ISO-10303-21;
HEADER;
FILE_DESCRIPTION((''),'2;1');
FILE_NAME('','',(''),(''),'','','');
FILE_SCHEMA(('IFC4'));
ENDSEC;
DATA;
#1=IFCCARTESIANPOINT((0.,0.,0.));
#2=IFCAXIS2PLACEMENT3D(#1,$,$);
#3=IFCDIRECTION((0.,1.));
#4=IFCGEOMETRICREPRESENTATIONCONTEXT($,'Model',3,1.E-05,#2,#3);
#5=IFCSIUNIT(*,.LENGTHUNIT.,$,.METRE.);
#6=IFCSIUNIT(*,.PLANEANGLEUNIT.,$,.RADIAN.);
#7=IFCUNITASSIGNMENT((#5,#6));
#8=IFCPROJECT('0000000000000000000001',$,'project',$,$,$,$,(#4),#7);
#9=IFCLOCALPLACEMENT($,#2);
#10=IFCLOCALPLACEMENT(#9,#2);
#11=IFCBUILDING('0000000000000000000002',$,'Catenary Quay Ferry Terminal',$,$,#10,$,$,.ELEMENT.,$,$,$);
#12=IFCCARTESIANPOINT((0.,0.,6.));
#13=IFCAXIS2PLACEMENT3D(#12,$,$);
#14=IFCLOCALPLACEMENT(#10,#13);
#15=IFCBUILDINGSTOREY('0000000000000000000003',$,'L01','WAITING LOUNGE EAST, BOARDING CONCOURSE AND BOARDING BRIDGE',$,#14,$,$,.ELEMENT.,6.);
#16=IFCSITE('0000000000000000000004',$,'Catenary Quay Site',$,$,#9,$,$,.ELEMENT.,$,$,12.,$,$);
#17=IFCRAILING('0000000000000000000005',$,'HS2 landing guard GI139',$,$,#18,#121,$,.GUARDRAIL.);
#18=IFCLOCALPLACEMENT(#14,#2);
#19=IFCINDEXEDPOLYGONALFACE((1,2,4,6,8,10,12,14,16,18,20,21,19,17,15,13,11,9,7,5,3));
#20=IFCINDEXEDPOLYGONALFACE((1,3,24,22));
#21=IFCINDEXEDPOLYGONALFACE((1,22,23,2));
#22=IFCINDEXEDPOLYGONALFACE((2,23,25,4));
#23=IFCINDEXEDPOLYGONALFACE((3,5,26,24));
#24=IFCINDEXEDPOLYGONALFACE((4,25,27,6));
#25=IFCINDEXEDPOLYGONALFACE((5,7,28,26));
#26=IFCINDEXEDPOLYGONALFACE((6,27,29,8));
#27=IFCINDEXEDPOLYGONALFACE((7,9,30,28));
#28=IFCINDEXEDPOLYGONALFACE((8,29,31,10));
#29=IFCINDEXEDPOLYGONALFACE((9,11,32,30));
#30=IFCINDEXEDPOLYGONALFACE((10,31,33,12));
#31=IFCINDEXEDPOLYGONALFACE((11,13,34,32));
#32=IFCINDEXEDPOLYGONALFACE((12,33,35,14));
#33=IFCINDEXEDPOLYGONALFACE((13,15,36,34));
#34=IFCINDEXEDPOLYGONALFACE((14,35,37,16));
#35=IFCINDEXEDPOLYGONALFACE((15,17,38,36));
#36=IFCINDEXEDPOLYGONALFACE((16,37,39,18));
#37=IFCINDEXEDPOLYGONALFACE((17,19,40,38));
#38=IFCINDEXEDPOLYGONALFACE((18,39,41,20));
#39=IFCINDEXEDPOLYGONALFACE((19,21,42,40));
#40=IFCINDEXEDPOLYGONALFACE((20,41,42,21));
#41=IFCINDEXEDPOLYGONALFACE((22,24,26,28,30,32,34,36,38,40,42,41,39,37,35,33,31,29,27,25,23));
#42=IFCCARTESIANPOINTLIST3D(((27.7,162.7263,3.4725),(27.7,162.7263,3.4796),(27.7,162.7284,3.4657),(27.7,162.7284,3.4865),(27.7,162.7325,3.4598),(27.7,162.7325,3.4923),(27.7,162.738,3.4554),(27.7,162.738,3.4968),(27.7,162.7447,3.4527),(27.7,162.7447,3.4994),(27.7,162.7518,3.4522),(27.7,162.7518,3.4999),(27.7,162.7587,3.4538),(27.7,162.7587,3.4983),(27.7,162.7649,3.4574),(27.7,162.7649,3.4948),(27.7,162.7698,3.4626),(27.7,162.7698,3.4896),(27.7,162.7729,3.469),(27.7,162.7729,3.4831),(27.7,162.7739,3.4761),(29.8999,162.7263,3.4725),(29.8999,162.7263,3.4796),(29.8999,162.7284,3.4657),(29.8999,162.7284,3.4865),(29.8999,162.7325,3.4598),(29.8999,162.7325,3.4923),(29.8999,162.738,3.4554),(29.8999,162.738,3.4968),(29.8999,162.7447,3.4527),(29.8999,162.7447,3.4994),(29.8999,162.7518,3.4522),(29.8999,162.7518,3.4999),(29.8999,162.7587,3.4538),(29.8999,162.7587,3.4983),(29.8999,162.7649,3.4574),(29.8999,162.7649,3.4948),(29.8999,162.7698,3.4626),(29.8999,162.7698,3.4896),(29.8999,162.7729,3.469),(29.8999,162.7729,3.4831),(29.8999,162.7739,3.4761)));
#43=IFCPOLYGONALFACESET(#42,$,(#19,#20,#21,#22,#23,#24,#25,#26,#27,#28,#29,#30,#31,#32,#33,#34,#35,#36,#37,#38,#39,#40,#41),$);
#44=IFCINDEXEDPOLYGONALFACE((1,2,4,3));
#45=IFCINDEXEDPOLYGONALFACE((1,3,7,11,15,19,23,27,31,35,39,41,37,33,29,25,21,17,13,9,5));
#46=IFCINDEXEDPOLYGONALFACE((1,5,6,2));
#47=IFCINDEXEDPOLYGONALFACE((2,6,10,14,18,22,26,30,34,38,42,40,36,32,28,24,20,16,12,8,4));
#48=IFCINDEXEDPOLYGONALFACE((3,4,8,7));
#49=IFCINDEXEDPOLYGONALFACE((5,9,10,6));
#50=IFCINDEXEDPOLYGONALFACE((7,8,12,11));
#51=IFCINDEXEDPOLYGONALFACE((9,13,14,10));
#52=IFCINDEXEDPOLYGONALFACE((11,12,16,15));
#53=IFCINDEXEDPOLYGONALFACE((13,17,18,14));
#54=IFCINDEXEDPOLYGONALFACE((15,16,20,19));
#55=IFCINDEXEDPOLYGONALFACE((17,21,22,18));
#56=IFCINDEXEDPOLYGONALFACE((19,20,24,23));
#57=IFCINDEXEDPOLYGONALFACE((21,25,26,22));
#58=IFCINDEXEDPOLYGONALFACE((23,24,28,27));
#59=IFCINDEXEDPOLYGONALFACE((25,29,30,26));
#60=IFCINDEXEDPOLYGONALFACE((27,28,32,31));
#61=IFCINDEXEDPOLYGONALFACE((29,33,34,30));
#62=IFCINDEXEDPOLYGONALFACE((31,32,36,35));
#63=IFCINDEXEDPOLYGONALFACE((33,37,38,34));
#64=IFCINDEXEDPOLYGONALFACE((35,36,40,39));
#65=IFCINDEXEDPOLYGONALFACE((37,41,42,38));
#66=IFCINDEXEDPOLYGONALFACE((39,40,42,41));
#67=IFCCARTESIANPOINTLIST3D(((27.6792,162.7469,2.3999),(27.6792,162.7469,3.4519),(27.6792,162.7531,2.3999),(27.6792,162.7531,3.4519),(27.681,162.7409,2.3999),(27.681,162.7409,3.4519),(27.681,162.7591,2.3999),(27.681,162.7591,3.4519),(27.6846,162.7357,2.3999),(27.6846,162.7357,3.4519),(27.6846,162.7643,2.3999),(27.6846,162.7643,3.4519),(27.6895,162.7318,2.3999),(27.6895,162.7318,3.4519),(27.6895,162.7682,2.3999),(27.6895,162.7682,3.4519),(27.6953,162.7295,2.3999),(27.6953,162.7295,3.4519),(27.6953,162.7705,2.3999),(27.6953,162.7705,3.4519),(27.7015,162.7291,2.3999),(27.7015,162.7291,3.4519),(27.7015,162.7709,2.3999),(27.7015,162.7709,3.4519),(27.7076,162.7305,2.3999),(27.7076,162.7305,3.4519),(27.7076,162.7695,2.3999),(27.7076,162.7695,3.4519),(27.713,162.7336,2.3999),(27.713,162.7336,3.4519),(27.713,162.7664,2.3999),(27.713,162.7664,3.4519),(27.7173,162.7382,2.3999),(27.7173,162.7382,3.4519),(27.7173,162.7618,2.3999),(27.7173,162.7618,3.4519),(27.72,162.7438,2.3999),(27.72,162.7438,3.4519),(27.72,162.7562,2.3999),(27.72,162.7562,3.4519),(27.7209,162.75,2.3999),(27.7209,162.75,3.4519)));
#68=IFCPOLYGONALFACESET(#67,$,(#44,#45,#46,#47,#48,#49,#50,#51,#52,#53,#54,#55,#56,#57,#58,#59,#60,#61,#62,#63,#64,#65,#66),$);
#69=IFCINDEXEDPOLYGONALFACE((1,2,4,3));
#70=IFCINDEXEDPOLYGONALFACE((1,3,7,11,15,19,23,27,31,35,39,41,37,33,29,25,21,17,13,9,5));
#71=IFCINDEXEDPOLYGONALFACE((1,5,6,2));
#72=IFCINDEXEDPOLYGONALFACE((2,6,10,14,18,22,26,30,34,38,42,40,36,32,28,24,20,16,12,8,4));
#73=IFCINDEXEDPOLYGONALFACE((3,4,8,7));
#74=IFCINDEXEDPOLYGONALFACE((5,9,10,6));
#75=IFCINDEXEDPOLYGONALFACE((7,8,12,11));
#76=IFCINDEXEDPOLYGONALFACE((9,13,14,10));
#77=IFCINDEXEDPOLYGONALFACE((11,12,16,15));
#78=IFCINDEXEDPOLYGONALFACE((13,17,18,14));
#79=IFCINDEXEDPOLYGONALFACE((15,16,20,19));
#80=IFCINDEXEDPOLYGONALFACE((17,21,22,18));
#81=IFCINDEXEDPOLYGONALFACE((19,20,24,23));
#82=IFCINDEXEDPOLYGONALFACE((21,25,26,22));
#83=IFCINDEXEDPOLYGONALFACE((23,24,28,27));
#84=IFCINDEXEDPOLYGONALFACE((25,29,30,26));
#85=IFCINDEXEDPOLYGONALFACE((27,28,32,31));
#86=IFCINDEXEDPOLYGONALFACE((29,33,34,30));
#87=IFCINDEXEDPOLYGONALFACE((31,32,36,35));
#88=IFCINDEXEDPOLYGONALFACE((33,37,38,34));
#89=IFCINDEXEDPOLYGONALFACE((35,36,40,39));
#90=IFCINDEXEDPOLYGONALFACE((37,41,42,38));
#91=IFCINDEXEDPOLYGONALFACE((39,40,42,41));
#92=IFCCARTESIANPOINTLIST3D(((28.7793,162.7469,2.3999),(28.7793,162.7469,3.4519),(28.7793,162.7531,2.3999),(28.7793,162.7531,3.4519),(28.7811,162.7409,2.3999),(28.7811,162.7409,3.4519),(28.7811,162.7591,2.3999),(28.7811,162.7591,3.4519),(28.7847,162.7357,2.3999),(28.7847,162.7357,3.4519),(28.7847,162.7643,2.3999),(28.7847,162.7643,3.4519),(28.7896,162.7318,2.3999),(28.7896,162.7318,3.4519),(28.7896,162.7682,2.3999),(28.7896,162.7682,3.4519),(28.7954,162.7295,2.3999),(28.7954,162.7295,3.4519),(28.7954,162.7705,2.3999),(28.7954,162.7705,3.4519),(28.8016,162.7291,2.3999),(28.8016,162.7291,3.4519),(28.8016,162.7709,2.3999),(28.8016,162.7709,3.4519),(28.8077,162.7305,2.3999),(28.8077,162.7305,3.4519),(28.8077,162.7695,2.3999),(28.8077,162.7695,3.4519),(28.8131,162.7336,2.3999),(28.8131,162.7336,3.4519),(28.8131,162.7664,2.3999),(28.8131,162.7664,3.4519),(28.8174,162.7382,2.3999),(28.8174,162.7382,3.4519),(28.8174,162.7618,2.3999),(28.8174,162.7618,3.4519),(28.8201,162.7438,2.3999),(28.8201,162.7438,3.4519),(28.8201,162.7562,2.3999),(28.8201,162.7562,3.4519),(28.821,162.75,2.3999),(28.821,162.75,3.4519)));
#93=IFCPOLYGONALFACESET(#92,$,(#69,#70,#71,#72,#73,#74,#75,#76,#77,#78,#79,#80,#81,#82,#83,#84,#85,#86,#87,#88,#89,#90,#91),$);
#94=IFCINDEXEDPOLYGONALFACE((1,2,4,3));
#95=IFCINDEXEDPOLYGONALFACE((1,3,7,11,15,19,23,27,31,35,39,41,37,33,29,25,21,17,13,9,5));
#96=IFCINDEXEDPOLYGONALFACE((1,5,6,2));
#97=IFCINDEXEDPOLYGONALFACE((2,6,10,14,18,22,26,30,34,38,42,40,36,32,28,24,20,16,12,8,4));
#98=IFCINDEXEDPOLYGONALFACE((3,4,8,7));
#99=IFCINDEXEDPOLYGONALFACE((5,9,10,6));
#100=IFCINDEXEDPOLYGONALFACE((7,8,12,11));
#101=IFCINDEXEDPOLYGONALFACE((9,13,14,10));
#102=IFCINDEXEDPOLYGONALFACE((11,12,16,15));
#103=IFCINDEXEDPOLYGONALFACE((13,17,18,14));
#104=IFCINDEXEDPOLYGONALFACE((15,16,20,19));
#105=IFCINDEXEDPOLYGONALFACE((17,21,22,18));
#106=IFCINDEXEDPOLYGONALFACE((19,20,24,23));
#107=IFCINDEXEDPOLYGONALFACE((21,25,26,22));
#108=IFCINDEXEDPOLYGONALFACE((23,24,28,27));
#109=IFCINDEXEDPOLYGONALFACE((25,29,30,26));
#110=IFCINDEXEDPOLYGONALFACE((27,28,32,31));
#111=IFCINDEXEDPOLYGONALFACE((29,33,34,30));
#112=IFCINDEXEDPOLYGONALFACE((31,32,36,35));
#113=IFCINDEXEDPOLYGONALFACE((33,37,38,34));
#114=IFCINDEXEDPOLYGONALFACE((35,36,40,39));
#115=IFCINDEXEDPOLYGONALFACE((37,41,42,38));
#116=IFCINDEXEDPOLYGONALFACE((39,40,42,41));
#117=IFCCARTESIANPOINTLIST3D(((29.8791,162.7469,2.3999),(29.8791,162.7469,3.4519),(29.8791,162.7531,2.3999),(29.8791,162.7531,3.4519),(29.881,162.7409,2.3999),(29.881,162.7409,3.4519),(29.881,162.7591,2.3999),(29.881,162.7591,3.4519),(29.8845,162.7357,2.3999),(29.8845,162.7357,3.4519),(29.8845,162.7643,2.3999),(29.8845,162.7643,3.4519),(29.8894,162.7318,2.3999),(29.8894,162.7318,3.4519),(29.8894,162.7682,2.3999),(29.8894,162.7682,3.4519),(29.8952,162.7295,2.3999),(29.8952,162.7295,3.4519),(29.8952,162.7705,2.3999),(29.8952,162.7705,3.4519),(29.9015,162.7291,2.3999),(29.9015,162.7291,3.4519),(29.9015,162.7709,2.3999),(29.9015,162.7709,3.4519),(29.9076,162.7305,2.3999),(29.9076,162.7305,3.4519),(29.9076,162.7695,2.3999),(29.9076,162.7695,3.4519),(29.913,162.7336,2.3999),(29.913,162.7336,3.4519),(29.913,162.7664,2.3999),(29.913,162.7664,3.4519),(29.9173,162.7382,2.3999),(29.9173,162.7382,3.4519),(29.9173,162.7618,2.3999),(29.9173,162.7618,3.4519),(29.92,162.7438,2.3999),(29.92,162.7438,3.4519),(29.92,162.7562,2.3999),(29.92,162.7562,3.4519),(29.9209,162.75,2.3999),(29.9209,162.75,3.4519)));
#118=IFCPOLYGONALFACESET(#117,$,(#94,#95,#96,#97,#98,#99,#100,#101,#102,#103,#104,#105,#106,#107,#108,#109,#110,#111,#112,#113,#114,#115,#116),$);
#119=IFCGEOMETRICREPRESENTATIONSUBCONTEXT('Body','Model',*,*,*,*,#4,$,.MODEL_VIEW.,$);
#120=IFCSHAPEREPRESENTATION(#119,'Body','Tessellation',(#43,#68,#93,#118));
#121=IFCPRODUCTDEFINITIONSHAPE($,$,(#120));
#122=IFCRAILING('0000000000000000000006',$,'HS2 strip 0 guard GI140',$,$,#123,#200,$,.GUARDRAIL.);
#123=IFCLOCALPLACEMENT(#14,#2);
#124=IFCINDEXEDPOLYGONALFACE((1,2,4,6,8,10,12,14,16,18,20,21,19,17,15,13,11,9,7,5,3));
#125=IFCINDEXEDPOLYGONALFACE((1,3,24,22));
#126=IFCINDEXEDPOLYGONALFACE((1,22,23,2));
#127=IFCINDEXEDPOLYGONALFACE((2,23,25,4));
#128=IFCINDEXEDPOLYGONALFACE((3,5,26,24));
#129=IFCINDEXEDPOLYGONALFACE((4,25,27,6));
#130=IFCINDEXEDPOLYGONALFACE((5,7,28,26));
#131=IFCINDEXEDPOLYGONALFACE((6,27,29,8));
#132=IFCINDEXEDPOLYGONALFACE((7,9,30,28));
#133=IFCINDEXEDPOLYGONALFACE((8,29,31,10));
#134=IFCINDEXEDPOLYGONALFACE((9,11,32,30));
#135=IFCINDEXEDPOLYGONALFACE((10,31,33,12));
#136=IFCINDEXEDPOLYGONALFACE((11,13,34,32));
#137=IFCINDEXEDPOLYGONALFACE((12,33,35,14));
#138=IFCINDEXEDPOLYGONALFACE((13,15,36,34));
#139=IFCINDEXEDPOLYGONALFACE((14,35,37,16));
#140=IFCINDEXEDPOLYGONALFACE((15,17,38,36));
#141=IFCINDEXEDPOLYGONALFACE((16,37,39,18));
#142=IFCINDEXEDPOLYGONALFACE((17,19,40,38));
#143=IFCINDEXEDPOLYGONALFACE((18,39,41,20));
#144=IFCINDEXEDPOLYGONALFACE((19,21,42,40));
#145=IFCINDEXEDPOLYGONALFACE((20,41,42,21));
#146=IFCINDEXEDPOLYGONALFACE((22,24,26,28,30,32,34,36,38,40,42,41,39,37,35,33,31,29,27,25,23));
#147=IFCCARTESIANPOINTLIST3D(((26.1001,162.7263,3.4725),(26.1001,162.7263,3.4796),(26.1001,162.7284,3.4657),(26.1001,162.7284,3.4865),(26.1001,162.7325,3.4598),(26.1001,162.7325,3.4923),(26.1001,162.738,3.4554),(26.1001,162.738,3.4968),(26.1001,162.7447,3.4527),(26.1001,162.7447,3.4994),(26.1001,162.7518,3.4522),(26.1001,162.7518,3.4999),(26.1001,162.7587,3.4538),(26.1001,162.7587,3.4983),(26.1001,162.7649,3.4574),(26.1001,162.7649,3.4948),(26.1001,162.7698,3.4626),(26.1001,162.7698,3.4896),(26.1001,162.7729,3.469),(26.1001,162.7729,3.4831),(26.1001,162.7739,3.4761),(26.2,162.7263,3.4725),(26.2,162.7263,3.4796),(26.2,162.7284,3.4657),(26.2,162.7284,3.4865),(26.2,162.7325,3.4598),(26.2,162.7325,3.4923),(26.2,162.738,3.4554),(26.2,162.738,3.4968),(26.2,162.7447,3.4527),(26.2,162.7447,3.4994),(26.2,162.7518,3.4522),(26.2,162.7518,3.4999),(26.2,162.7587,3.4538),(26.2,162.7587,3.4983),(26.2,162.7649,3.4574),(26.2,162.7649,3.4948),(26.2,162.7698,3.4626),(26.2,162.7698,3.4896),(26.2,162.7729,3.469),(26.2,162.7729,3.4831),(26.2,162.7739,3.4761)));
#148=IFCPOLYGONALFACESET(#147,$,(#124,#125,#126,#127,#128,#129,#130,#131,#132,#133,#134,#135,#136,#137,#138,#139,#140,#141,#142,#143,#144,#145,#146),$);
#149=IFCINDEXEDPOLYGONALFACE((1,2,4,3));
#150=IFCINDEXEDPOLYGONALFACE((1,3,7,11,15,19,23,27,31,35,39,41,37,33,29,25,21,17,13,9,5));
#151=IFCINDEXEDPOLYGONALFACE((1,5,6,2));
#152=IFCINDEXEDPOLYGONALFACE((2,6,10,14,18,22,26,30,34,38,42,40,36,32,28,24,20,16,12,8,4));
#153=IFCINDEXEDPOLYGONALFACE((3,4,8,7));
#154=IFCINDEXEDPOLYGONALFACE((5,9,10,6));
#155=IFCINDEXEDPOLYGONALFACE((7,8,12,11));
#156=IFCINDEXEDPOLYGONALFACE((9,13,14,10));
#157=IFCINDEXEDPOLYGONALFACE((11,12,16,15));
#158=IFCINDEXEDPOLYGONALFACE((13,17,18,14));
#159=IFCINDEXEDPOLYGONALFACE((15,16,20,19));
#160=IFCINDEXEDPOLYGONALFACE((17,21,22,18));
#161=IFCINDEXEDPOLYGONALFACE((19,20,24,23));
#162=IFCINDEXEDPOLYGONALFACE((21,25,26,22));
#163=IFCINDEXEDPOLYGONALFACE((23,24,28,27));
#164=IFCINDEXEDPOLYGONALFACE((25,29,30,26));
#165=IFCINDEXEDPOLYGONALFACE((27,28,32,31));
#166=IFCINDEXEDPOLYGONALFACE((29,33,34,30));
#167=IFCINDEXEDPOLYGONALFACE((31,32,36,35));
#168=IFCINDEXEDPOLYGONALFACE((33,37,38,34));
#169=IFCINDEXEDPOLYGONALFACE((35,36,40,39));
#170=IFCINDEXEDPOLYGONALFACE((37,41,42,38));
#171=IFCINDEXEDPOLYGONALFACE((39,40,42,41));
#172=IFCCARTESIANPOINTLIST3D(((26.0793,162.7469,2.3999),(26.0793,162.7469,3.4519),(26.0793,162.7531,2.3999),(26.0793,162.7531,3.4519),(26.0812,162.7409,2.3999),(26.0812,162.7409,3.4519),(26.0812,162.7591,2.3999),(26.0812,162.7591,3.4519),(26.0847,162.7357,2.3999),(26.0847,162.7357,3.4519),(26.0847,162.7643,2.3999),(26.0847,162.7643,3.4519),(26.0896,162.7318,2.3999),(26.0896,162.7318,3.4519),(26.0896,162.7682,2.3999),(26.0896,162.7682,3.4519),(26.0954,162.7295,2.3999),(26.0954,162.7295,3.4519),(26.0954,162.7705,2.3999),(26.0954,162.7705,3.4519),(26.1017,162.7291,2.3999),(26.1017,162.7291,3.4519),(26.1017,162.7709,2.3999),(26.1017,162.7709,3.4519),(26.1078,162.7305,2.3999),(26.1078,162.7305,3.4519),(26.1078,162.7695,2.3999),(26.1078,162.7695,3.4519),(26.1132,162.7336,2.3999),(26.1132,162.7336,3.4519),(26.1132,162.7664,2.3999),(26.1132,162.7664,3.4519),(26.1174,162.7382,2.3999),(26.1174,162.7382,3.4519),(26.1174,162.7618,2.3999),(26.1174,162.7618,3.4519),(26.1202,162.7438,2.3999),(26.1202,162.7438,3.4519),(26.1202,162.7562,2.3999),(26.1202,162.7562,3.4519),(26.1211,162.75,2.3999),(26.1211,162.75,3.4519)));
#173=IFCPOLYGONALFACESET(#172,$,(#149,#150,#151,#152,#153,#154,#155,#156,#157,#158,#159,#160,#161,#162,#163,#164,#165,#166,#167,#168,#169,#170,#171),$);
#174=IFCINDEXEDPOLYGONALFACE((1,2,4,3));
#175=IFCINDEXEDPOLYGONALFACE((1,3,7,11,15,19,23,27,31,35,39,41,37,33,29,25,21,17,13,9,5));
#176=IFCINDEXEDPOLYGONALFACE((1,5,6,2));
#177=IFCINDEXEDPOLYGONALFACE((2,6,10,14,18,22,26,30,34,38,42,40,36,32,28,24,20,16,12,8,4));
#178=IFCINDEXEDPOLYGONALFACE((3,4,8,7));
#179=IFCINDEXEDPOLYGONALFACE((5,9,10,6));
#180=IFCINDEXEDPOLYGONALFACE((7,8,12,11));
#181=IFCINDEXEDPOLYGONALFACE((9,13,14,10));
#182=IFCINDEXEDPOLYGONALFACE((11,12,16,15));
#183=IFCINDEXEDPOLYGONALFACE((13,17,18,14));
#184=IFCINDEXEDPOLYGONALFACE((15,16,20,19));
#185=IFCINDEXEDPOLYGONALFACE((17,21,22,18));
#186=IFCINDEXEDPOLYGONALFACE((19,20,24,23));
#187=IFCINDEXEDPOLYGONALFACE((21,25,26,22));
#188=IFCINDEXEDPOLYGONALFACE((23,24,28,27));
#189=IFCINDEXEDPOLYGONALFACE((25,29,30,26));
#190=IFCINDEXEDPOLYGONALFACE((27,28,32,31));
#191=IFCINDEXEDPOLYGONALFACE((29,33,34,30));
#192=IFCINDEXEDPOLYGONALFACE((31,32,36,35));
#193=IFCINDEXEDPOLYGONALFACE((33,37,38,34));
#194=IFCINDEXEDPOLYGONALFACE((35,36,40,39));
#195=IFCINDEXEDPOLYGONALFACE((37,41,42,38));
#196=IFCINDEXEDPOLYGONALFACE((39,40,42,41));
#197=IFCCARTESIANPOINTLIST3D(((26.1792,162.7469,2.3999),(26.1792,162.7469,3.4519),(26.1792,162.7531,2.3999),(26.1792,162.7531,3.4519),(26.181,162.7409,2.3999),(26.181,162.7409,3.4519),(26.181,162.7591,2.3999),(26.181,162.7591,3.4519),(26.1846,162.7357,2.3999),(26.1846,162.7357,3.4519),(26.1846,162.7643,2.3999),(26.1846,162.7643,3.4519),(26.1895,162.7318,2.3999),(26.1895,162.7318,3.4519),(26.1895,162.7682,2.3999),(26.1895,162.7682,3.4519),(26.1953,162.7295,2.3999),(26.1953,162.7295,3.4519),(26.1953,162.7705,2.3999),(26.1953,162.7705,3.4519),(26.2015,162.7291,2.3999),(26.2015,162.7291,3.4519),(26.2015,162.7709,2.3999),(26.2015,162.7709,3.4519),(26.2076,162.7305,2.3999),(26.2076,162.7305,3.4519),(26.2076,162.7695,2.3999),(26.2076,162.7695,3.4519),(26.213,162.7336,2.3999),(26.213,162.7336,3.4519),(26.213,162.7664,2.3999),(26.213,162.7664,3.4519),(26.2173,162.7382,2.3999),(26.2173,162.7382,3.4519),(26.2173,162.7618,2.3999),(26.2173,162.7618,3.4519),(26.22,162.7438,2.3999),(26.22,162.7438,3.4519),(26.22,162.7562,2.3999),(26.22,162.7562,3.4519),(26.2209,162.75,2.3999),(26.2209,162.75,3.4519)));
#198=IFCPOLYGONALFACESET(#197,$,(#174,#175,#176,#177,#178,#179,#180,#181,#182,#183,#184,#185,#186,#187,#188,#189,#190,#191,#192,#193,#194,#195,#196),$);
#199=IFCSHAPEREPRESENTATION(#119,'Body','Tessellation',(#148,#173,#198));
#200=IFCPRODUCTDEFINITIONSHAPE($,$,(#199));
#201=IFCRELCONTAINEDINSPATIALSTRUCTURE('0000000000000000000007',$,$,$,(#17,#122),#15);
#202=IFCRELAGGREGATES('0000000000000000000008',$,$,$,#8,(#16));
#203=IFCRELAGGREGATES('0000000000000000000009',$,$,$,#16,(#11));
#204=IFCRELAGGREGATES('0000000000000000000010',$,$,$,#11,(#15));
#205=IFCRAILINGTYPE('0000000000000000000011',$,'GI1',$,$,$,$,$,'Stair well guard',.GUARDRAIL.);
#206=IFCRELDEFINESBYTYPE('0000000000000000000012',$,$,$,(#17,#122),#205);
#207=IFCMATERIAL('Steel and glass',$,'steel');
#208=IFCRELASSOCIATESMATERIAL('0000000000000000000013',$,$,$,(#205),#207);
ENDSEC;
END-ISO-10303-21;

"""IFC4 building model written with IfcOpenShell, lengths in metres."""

from ifc_helpers import new_model, si_unit, direction, frame, origin, origin_2d, place, context, subcontext, project, spatial, circle, extrude, material, type_object, element, save


model = new_model("IFC4")

# Units and contexts
model_context = context("Model", 3, precision=1e-05, world=origin(), true_north=direction((0.0, 1.0)))
body_context = subcontext(model_context, "Body", "Model", "MODEL_VIEW")
ifc_project = project(units=[si_unit("LENGTHUNIT", "METRE"), si_unit("PLANEANGLEUNIT", "RADIAN")], contexts=[model_context])

# Site, building, storey
site_placement = place(None, origin())
site = spatial("IfcSite", under=ifc_project, at=site_placement, Name="Catenary Quay Site", CompositionType="ELEMENT", RefElevation=12.0)
building_placement = place(site_placement, origin())
building = spatial("IfcBuilding", under=site, at=building_placement, Name="Catenary Quay Ferry Terminal", CompositionType="ELEMENT")
storey_placement = place(building_placement, frame((0.0, 0.0, 6.0)))
storey = spatial("IfcBuildingStorey", under=building, at=storey_placement, Name="L01", Description="WAITING LOUNGE EAST, BOARDING CONCOURSE AND BOARDING BRIDGE", CompositionType="ELEMENT", Elevation=6.0)

# Railings
ifc_material_1 = material(Name="Steel and glass", Category="steel")
railing_type_1 = type_object("IfcRailingType", Name="GI1", ElementType="Stair well guard", PredefinedType="GUARDRAIL", material=ifc_material_1)
railing_1_placement = place(storey_placement, frame((27.7, 162.75, 2.3999)))
element("IfcRailing", 1, at=railing_1_placement, inside=storey, type_object=railing_type_1, Name="HS2 landing guard GI139", PredefinedType="GUARDRAIL", context=body_context, shape_type="SweptSolid", body=[
    extrude(circle(Radius=0.0239, at=origin_2d()), frame((0.0, 0.0, 1.0762), z_axis=(1.0, 0.0, 0.0), x_axis=(0.0, 1.0, 0.0)), (0.0, 0.0, 1.0), 2.2),
    extrude(circle(Radius=0.021, at=origin_2d()), origin(), (0.0, 0.0, 1.0), 1.052),
    extrude(circle(Radius=0.021, at=origin_2d()), frame((1.1001, 0.0, 0.0)), (0.0, 0.0, 1.0), 1.052),
    extrude(circle(Radius=0.021, at=origin_2d()), frame((2.2, 0.0, 0.0)), (0.0, 0.0, 1.0), 1.052),
])
railing_2_placement = place(storey_placement, frame((26.1001, 162.75, 2.3999)))
element("IfcRailing", 2, at=railing_2_placement, inside=storey, type_object=railing_type_1, Name="HS2 strip 0 guard GI140", PredefinedType="GUARDRAIL", context=body_context, shape_type="SweptSolid", body=[
    extrude(circle(Radius=0.0239, at=origin_2d()), frame((0.0, 0.0, 1.0762), z_axis=(1.0, 0.0, 0.0), x_axis=(0.0, 1.0, 0.0)), (0.0, 0.0, 1.0), 0.0999),
    extrude(circle(Radius=0.021, at=origin_2d()), origin(), (0.0, 0.0, 1.0), 1.052),
    extrude(circle(Radius=0.021, at=origin_2d()), frame((0.0999, 0.0, 0.0)), (0.0, 0.0, 1.0), 1.052),
])

save(model, "model.ifc")
